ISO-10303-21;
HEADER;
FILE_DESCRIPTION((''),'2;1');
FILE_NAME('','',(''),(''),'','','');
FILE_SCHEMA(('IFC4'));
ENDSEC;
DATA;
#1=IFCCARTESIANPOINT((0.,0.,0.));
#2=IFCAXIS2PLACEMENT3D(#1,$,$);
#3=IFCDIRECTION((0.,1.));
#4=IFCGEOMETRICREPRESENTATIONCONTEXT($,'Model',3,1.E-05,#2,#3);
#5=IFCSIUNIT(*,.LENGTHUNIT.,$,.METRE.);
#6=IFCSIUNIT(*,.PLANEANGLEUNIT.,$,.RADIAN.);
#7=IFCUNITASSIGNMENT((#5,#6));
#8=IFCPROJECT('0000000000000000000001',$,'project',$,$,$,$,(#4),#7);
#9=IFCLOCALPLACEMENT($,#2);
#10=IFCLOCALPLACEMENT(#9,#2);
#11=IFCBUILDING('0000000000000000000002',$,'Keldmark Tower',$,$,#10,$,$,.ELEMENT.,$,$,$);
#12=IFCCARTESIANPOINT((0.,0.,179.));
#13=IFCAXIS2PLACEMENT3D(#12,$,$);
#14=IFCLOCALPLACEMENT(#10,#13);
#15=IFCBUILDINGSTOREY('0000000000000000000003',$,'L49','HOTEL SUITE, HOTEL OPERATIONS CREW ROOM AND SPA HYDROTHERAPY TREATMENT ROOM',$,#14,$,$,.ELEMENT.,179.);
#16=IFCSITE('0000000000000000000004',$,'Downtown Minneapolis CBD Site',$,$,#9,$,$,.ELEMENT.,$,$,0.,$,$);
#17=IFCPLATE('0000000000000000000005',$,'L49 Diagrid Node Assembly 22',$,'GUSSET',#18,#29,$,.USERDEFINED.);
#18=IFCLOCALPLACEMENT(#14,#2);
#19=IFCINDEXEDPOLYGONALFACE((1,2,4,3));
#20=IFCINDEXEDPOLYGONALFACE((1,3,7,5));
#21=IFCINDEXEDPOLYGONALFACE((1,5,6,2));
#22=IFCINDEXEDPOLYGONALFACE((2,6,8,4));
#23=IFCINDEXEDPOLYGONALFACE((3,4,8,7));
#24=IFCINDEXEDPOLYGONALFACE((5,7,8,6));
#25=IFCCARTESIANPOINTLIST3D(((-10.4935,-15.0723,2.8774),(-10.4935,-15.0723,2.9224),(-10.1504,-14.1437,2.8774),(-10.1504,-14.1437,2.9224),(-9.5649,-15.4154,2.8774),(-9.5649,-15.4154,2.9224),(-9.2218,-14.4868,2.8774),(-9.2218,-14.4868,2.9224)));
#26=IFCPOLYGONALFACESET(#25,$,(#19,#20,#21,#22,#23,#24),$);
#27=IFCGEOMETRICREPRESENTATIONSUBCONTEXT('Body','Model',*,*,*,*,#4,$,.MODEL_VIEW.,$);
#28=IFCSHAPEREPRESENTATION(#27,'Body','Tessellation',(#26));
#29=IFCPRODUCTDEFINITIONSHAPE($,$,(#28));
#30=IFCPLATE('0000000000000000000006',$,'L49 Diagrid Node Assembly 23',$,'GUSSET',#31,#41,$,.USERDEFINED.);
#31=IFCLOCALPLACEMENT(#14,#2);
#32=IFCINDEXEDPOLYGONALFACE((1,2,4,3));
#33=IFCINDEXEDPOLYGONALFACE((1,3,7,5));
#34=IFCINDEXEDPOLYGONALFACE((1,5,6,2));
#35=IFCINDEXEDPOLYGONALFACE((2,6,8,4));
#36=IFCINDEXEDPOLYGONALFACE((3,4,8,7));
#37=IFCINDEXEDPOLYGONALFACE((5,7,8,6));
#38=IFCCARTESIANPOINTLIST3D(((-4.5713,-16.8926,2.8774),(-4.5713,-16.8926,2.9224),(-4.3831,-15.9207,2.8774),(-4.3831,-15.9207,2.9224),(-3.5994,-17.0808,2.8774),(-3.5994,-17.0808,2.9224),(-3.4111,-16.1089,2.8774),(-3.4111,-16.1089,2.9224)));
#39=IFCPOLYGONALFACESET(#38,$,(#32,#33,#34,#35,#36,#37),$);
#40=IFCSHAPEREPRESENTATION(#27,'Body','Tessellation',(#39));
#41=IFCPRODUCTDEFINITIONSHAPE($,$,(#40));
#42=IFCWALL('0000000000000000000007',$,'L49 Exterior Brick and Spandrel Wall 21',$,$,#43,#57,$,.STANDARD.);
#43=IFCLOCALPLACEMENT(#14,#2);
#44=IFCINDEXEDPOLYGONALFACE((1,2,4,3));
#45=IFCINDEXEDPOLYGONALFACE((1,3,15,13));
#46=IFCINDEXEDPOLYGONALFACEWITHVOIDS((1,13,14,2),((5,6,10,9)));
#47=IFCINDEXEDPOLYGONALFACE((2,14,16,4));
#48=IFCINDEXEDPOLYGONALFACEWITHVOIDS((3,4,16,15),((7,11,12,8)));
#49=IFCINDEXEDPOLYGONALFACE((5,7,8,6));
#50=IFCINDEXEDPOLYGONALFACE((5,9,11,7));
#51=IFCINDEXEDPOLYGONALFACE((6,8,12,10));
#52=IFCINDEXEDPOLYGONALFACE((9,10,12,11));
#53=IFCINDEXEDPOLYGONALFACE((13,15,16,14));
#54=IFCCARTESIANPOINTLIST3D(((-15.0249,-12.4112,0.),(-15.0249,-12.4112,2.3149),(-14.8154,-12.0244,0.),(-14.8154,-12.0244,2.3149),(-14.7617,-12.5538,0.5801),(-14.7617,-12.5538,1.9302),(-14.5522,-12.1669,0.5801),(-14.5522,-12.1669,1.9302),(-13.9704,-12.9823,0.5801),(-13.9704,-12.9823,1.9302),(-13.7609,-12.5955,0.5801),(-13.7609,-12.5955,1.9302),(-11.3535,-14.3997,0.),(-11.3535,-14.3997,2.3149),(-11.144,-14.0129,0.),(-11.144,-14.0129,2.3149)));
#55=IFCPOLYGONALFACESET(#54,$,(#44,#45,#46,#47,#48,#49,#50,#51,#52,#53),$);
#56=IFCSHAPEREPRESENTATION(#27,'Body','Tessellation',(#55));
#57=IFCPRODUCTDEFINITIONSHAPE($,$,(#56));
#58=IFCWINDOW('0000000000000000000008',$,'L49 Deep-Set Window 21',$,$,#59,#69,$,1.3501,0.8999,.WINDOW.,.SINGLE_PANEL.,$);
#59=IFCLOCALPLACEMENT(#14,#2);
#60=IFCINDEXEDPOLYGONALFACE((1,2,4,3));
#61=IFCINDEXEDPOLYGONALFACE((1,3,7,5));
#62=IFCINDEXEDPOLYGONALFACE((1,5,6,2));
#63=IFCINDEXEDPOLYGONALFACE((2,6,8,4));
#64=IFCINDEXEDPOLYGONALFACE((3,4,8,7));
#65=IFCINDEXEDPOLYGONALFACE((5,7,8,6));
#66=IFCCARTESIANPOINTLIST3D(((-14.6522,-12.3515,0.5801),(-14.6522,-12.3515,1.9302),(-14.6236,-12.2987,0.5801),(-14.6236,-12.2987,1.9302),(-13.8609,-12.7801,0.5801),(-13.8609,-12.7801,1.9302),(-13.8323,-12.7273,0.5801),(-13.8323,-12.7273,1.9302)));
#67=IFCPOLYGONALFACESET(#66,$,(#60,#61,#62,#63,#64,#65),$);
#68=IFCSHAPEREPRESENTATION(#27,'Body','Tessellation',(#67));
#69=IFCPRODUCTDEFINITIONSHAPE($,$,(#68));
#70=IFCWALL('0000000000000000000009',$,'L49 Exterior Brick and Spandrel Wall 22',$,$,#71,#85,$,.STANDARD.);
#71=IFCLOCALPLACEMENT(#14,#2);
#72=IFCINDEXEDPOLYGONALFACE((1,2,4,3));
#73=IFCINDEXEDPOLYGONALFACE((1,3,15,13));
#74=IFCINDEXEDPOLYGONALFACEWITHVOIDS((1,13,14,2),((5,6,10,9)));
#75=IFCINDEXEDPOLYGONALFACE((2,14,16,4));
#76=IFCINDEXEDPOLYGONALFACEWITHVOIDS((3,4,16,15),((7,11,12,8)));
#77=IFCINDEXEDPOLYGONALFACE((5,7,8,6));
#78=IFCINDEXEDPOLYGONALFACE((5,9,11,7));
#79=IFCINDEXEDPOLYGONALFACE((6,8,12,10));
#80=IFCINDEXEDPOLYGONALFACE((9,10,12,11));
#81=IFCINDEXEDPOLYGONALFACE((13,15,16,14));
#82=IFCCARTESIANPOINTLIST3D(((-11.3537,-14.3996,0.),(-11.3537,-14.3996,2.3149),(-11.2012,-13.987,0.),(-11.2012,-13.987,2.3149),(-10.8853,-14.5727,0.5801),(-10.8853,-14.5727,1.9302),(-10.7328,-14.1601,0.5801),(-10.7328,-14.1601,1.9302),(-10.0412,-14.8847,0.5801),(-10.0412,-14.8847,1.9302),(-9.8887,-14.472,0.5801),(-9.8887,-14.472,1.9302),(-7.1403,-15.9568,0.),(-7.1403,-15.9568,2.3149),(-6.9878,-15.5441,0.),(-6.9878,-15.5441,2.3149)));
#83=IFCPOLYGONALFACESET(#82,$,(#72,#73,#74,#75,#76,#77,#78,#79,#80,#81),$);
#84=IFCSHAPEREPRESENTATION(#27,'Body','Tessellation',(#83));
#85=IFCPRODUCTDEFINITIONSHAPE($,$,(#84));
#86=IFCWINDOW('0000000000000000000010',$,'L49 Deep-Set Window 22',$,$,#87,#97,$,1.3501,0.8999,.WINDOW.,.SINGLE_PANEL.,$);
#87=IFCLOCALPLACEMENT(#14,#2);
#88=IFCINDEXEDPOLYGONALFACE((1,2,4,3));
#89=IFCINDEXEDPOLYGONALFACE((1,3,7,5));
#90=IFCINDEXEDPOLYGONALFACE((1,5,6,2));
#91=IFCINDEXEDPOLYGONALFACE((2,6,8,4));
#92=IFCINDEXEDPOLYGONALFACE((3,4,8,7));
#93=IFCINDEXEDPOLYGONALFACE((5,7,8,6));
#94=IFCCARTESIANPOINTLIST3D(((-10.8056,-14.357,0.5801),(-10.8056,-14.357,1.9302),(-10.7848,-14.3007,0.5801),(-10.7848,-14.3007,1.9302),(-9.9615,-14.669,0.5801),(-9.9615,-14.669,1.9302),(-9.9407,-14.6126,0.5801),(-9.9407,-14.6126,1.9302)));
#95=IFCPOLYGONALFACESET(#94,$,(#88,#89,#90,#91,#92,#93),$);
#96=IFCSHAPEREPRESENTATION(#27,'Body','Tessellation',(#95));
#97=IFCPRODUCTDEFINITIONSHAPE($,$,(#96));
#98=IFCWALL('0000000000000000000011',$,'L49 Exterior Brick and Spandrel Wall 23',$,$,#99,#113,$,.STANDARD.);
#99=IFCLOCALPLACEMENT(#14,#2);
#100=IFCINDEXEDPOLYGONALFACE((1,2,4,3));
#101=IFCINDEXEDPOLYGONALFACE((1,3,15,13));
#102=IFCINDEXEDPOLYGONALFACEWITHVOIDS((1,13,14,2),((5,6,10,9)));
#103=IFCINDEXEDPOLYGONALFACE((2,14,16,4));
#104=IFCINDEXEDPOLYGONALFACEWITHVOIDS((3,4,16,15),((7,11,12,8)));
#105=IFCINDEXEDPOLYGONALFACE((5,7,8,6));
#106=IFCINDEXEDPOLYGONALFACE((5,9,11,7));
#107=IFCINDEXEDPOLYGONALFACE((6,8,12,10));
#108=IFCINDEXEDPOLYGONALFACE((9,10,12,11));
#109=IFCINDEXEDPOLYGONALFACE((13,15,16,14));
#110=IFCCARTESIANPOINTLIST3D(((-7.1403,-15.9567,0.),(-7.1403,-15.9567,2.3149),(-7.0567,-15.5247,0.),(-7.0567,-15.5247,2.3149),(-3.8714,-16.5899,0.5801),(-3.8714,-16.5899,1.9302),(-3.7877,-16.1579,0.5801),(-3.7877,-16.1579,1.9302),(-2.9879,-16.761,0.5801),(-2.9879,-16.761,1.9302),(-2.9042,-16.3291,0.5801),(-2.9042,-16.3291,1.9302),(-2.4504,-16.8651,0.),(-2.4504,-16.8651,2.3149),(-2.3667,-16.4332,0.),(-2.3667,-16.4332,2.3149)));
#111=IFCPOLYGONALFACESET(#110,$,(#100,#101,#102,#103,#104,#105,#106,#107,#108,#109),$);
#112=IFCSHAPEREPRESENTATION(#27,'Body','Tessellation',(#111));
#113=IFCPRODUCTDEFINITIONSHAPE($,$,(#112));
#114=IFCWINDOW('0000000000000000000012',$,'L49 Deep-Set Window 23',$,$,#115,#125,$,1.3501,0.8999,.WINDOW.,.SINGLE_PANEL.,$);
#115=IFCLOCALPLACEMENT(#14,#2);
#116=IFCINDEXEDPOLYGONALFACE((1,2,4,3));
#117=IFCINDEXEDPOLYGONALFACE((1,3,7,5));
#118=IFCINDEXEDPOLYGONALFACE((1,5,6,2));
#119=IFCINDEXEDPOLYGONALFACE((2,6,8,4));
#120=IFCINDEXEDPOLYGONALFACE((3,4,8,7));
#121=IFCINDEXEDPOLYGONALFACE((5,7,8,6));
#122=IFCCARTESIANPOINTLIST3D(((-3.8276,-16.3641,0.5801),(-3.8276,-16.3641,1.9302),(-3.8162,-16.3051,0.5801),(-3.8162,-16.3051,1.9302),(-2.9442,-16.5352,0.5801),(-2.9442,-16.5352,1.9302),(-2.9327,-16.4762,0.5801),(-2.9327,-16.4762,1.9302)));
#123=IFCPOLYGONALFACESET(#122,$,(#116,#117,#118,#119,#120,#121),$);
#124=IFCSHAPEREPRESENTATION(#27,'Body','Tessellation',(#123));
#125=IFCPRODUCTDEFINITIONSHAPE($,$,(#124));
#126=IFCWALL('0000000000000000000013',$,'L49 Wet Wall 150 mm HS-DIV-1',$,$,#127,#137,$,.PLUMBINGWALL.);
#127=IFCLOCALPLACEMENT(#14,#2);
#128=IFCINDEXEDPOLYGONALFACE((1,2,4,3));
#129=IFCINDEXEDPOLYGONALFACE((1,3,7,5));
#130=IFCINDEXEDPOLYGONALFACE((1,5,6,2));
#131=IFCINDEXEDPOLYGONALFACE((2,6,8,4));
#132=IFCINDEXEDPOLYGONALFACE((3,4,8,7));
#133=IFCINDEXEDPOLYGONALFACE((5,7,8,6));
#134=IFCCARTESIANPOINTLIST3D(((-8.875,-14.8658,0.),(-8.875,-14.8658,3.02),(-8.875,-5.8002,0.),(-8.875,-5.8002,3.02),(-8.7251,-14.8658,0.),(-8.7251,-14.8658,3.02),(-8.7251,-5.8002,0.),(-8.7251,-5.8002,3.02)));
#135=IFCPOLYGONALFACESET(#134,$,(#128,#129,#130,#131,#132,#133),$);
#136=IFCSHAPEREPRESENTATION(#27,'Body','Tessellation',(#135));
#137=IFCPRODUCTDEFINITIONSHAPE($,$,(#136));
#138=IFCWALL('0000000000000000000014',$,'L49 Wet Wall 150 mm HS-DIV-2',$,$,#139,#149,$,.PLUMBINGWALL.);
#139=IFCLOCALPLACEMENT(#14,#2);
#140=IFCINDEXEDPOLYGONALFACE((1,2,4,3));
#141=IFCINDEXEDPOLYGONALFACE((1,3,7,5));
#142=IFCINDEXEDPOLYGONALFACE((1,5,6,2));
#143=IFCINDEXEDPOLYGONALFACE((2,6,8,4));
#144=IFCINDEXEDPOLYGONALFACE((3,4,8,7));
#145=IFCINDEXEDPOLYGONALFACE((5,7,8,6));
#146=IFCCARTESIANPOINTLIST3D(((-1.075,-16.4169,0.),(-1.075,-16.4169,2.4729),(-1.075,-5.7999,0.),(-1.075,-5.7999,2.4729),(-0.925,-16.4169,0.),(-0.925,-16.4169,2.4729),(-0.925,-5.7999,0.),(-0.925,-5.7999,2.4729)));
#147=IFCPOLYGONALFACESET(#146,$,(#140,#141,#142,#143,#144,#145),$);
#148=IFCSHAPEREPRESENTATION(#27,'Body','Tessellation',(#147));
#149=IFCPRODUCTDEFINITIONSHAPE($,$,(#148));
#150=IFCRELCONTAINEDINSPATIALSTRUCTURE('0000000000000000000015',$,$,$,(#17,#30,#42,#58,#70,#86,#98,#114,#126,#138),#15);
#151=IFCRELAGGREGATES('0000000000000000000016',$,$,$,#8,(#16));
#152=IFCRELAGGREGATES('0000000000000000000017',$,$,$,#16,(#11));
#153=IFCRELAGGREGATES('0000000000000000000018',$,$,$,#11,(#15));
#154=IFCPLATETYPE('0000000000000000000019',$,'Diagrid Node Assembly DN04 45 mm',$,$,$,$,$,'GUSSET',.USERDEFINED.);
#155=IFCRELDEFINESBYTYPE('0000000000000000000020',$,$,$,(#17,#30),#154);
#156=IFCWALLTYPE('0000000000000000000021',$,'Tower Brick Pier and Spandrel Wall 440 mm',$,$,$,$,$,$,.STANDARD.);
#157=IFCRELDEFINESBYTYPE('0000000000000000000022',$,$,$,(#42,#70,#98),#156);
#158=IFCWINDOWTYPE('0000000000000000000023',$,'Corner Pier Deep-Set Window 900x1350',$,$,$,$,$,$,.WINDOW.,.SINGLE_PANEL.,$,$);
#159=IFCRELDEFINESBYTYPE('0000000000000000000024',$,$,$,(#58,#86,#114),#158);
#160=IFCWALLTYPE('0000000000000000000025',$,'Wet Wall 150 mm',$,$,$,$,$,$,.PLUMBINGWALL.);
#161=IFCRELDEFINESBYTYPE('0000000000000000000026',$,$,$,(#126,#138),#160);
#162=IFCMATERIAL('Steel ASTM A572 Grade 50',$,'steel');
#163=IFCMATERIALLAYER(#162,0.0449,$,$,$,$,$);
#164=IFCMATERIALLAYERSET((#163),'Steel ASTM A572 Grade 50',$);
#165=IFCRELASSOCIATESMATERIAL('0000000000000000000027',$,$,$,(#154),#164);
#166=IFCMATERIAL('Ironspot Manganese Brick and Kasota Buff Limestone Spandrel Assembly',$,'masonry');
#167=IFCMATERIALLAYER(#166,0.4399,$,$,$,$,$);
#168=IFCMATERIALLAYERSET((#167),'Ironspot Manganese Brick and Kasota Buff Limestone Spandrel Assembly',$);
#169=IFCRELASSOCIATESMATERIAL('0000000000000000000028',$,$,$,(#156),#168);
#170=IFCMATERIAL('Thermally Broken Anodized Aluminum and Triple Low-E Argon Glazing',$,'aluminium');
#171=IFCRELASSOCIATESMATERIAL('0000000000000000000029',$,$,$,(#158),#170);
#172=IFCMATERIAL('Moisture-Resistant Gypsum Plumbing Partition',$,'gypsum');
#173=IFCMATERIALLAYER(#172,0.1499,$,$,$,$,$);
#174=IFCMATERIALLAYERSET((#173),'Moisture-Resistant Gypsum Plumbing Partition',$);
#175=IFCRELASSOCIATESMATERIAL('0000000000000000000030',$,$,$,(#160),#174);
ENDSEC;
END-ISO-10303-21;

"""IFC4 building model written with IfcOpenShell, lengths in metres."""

from ifc_helpers import new_model, si_unit, direction, frame, frame_2d, origin, origin_2d, place, context, subcontext, project, spatial, rectangle, extrude, material, layer, layer_set, type_object, element, fill, save


model = new_model("IFC4")

# Units and contexts
model_context = context("Model", 3, precision=1e-05, world=origin(), true_north=direction((0.0, 1.0)))
body_context = subcontext(model_context, "Body", "Model", "MODEL_VIEW")
ifc_project = project(units=[si_unit("LENGTHUNIT", "METRE"), si_unit("PLANEANGLEUNIT", "RADIAN")], contexts=[model_context])

# Site, building, storey
site_placement = place(None, origin())
site = spatial("IfcSite", under=ifc_project, at=site_placement, Name="Downtown Minneapolis CBD Site", CompositionType="ELEMENT", RefElevation=0.0)
building_placement = place(site_placement, origin())
building = spatial("IfcBuilding", under=site, at=building_placement, Name="Keldmark Tower", CompositionType="ELEMENT")
storey_placement = place(building_placement, frame((0.0, 0.0, 179.0)))
storey = spatial("IfcBuildingStorey", under=building, at=storey_placement, Name="L49", Description="HOTEL SUITE, HOTEL OPERATIONS CREW ROOM AND SPA HYDROTHERAPY TREATMENT ROOM", CompositionType="ELEMENT", Elevation=179.0)

# Plates
ifc_material_1 = material(Name="Steel ASTM A572 Grade 50", Category="steel")
ifc_layer_1 = layer(ifc_material_1, 0.0449)
ifc_layer_set_1 = layer_set([ifc_layer_1], Name="Steel ASTM A572 Grade 50")
plate_type = type_object("IfcPlateType", Name="Diagrid Node Assembly DN04 45 mm", ElementType="GUSSET", PredefinedType="USERDEFINED", material=ifc_layer_set_1)
for number, where, z_axis, x_axis, name in (
    (1, (-9.8577, -14.7795, 2.8774), (0.0, 0.0, 1.0), (0.93801, -0.346608, 0.0), "L49 Diagrid Node Assembly 22"),
    (2, (-3.9912, -16.5007, 2.8774), (0.0, 0.0, 1.0), (0.98176, -0.190124, 0.0), "L49 Diagrid Node Assembly 23"),
):
    element("IfcPlate", number, at=place(storey_placement, frame(where, z_axis=z_axis, x_axis=x_axis)), inside=storey, type_object=plate_type, Name=name, ObjectType="GUSSET", PredefinedType="USERDEFINED", context=body_context, shape_type="SweptSolid", body=[
        extrude(rectangle(XDim=0.99, YDim=0.99, at=origin_2d()), origin(), (0.0, 0.0, 1.0), 0.0449),
    ])

# Walls, openings, windows
ifc_material_2 = material(Name="Ironspot Manganese Brick and Kasota Buff Limestone Spandrel Assembly", Category="masonry")
ifc_layer_2 = layer(ifc_material_2, 0.4399)
ifc_layer_set_2 = layer_set([ifc_layer_2], Name="Ironspot Manganese Brick and Kasota Buff Limestone Spandrel Assembly")
wall_type_1 = type_object("IfcWallType", Name="Tower Brick Pier and Spandrel Wall 440 mm", PredefinedType="STANDARD", material=ifc_layer_set_2)
wall_1_placement = place(storey_placement, frame((-11.2488, -14.2063, 0.0), z_axis=(0.0, 0.0, 1.0), x_axis=(-0.879306, 0.476257, 0.0)))
wall_1 = element("IfcWall", 3, at=wall_1_placement, inside=storey, type_object=wall_type_1, Name="L49 Exterior Brick and Spandrel Wall 21", PredefinedType="STANDARD", context=body_context, shape_type="SweptSolid", body=[
    extrude(rectangle(XDim=4.1753, YDim=0.4399, at=frame_2d((2.0876, 0.0))), origin(), (0.0, 0.0, 1.0), 2.3149),
])
opening_1_placement = place(wall_1_placement, frame((2.9761, 0.0, 0.5801)))
opening_1 = element("IfcOpeningElement", 4, at=opening_1_placement, cuts=wall_1, PredefinedType="OPENING", context=body_context, shape_type="SweptSolid", body=[
    extrude(rectangle(XDim=0.8999, YDim=1.3501, at=frame_2d((0.45, 0.675))), frame((0.0, 0.23, 0.0), z_axis=(0.0, -1.0, 0.0), x_axis=(1.0, 0.0, 0.0)), (0.0, 0.0, 1.0), 0.46),
])
ifc_material_3 = material(Name="Thermally Broken Anodized Aluminum and Triple Low-E Argon Glazing", Category="aluminium")
window_type = type_object("IfcWindowType", Name="Corner Pier Deep-Set Window 900x1350", PartitioningType="SINGLE_PANEL", PredefinedType="WINDOW", material=ifc_material_3)
window_1_placement = place(opening_1_placement, origin())
window_1 = element("IfcWindow", 5, at=window_1_placement, inside=storey, type_object=window_type, Name="L49 Deep-Set Window 21", OverallHeight=1.3501, OverallWidth=0.8999, PartitioningType="SINGLE_PANEL", PredefinedType="WINDOW", context=body_context, shape_type="SweptSolid", body=[
    extrude(rectangle(XDim=0.8999, YDim=1.3501, at=frame_2d((0.45, 0.675))), frame((0.0, -0.01, 0.0), z_axis=(0.0, -1.0, 0.0), x_axis=(1.0, 0.0, 0.0)), (0.0, 0.0, 1.0), 0.0601),
])
fill(opening_1, window_1)
wall_2_placement = place(storey_placement, frame((-7.064, -15.7505, 0.0), z_axis=(0.0, 0.0, 1.0), x_axis=(-0.937994, 0.346652, 0.0)))
wall_2 = element("IfcWall", 6, at=wall_2_placement, inside=storey, type_object=wall_type_1, Name="L49 Exterior Brick and Spandrel Wall 22", PredefinedType="STANDARD", context=body_context, shape_type="SweptSolid", body=[
    extrude(rectangle(XDim=4.4919, YDim=0.4399, at=frame_2d((2.2461, 0.0))), origin(), (0.0, 0.0, 1.0), 2.3149),
])
opening_2_placement = place(wall_2_placement, frame((3.0928, 0.0, 0.5801)))
opening_2 = element("IfcOpeningElement", 7, at=opening_2_placement, cuts=wall_2, PredefinedType="OPENING", context=body_context, shape_type="SweptSolid", body=[
    extrude(rectangle(XDim=0.8999, YDim=1.3501, at=frame_2d((0.45, 0.675))), frame((0.0, 0.23, 0.0), z_axis=(0.0, -1.0, 0.0), x_axis=(1.0, 0.0, 0.0)), (0.0, 0.0, 1.0), 0.46),
])
window_2_placement = place(opening_2_placement, origin())
window_2 = element("IfcWindow", 8, at=window_2_placement, inside=storey, type_object=window_type, Name="L49 Deep-Set Window 22", OverallHeight=1.3501, OverallWidth=0.8999, PartitioningType="SINGLE_PANEL", PredefinedType="WINDOW", context=body_context, shape_type="SweptSolid", body=[
    extrude(rectangle(XDim=0.8999, YDim=1.3501, at=frame_2d((0.45, 0.675))), frame((0.0, -0.01, 0.0), z_axis=(0.0, -1.0, 0.0), x_axis=(1.0, 0.0, 0.0)), (0.0, 0.0, 1.0), 0.0601),
])
fill(opening_2, window_2)
wall_3_placement = place(storey_placement, frame((-2.4084, -16.6492, 0.0), z_axis=(0.0, 0.0, 1.0), x_axis=(-0.981752, 0.190167, 0.0)))
wall_3 = element("IfcWall", 9, at=wall_3_placement, inside=storey, type_object=wall_type_1, Name="L49 Exterior Brick and Spandrel Wall 23", PredefinedType="STANDARD", context=body_context, shape_type="SweptSolid", body=[
    extrude(rectangle(XDim=4.7771, YDim=0.4399, at=frame_2d((2.3887, 0.0))), origin(), (0.0, 0.0, 1.0), 2.3149),
])
opening_3_placement = place(wall_3_placement, frame((0.5476, 0.0, 0.5801)))
opening_3 = element("IfcOpeningElement", 10, at=opening_3_placement, cuts=wall_3, PredefinedType="OPENING", context=body_context, shape_type="SweptSolid", body=[
    extrude(rectangle(XDim=0.8999, YDim=1.3501, at=frame_2d((0.45, 0.675))), frame((0.0, 0.23, 0.0), z_axis=(0.0, -1.0, 0.0), x_axis=(1.0, 0.0, 0.0)), (0.0, 0.0, 1.0), 0.46),
])
window_3_placement = place(opening_3_placement, origin())
window_3 = element("IfcWindow", 11, at=window_3_placement, inside=storey, type_object=window_type, Name="L49 Deep-Set Window 23", OverallHeight=1.3501, OverallWidth=0.8999, PartitioningType="SINGLE_PANEL", PredefinedType="WINDOW", context=body_context, shape_type="SweptSolid", body=[
    extrude(rectangle(XDim=0.8999, YDim=1.3501, at=frame_2d((0.45, 0.675))), frame((0.0, -0.01, 0.0), z_axis=(0.0, -1.0, 0.0), x_axis=(1.0, 0.0, 0.0)), (0.0, 0.0, 1.0), 0.0601),
])
fill(opening_3, window_3)

# Walls
ifc_material_4 = material(Name="Moisture-Resistant Gypsum Plumbing Partition", Category="gypsum")
ifc_layer_3 = layer(ifc_material_4, 0.1499)
ifc_layer_set_3 = layer_set([ifc_layer_3], Name="Moisture-Resistant Gypsum Plumbing Partition")
wall_type_2 = type_object("IfcWallType", Name="Wet Wall 150 mm", PredefinedType="PLUMBINGWALL", material=ifc_layer_set_3)
wall_4_placement = place(storey_placement, frame((-8.8, -14.8657, 0.0), z_axis=(0.0, 0.0, 1.0), x_axis=(0.0, 1.0, 0.0)))
element("IfcWall", 12, at=wall_4_placement, inside=storey, type_object=wall_type_2, Name="L49 Wet Wall 150 mm HS-DIV-1", PredefinedType="PLUMBINGWALL", context=body_context, shape_type="SweptSolid", body=[
    extrude(rectangle(XDim=9.0657, YDim=0.1499, at=frame_2d((4.5327, 0.0))), origin(), (0.0, 0.0, 1.0), 3.02),
])
wall_5_placement = place(storey_placement, frame((-1.0, -16.417, 0.0), z_axis=(0.0, 0.0, 1.0), x_axis=(0.0, 1.0, 0.0)))
element("IfcWall", 13, at=wall_5_placement, inside=storey, type_object=wall_type_2, Name="L49 Wet Wall 150 mm HS-DIV-2", PredefinedType="PLUMBINGWALL", context=body_context, shape_type="SweptSolid", body=[
    extrude(rectangle(XDim=10.6169, YDim=0.1499, at=frame_2d((5.3086, 0.0))), origin(), (0.0, 0.0, 1.0), 2.4729),
])

save(model, "model.ifc")
